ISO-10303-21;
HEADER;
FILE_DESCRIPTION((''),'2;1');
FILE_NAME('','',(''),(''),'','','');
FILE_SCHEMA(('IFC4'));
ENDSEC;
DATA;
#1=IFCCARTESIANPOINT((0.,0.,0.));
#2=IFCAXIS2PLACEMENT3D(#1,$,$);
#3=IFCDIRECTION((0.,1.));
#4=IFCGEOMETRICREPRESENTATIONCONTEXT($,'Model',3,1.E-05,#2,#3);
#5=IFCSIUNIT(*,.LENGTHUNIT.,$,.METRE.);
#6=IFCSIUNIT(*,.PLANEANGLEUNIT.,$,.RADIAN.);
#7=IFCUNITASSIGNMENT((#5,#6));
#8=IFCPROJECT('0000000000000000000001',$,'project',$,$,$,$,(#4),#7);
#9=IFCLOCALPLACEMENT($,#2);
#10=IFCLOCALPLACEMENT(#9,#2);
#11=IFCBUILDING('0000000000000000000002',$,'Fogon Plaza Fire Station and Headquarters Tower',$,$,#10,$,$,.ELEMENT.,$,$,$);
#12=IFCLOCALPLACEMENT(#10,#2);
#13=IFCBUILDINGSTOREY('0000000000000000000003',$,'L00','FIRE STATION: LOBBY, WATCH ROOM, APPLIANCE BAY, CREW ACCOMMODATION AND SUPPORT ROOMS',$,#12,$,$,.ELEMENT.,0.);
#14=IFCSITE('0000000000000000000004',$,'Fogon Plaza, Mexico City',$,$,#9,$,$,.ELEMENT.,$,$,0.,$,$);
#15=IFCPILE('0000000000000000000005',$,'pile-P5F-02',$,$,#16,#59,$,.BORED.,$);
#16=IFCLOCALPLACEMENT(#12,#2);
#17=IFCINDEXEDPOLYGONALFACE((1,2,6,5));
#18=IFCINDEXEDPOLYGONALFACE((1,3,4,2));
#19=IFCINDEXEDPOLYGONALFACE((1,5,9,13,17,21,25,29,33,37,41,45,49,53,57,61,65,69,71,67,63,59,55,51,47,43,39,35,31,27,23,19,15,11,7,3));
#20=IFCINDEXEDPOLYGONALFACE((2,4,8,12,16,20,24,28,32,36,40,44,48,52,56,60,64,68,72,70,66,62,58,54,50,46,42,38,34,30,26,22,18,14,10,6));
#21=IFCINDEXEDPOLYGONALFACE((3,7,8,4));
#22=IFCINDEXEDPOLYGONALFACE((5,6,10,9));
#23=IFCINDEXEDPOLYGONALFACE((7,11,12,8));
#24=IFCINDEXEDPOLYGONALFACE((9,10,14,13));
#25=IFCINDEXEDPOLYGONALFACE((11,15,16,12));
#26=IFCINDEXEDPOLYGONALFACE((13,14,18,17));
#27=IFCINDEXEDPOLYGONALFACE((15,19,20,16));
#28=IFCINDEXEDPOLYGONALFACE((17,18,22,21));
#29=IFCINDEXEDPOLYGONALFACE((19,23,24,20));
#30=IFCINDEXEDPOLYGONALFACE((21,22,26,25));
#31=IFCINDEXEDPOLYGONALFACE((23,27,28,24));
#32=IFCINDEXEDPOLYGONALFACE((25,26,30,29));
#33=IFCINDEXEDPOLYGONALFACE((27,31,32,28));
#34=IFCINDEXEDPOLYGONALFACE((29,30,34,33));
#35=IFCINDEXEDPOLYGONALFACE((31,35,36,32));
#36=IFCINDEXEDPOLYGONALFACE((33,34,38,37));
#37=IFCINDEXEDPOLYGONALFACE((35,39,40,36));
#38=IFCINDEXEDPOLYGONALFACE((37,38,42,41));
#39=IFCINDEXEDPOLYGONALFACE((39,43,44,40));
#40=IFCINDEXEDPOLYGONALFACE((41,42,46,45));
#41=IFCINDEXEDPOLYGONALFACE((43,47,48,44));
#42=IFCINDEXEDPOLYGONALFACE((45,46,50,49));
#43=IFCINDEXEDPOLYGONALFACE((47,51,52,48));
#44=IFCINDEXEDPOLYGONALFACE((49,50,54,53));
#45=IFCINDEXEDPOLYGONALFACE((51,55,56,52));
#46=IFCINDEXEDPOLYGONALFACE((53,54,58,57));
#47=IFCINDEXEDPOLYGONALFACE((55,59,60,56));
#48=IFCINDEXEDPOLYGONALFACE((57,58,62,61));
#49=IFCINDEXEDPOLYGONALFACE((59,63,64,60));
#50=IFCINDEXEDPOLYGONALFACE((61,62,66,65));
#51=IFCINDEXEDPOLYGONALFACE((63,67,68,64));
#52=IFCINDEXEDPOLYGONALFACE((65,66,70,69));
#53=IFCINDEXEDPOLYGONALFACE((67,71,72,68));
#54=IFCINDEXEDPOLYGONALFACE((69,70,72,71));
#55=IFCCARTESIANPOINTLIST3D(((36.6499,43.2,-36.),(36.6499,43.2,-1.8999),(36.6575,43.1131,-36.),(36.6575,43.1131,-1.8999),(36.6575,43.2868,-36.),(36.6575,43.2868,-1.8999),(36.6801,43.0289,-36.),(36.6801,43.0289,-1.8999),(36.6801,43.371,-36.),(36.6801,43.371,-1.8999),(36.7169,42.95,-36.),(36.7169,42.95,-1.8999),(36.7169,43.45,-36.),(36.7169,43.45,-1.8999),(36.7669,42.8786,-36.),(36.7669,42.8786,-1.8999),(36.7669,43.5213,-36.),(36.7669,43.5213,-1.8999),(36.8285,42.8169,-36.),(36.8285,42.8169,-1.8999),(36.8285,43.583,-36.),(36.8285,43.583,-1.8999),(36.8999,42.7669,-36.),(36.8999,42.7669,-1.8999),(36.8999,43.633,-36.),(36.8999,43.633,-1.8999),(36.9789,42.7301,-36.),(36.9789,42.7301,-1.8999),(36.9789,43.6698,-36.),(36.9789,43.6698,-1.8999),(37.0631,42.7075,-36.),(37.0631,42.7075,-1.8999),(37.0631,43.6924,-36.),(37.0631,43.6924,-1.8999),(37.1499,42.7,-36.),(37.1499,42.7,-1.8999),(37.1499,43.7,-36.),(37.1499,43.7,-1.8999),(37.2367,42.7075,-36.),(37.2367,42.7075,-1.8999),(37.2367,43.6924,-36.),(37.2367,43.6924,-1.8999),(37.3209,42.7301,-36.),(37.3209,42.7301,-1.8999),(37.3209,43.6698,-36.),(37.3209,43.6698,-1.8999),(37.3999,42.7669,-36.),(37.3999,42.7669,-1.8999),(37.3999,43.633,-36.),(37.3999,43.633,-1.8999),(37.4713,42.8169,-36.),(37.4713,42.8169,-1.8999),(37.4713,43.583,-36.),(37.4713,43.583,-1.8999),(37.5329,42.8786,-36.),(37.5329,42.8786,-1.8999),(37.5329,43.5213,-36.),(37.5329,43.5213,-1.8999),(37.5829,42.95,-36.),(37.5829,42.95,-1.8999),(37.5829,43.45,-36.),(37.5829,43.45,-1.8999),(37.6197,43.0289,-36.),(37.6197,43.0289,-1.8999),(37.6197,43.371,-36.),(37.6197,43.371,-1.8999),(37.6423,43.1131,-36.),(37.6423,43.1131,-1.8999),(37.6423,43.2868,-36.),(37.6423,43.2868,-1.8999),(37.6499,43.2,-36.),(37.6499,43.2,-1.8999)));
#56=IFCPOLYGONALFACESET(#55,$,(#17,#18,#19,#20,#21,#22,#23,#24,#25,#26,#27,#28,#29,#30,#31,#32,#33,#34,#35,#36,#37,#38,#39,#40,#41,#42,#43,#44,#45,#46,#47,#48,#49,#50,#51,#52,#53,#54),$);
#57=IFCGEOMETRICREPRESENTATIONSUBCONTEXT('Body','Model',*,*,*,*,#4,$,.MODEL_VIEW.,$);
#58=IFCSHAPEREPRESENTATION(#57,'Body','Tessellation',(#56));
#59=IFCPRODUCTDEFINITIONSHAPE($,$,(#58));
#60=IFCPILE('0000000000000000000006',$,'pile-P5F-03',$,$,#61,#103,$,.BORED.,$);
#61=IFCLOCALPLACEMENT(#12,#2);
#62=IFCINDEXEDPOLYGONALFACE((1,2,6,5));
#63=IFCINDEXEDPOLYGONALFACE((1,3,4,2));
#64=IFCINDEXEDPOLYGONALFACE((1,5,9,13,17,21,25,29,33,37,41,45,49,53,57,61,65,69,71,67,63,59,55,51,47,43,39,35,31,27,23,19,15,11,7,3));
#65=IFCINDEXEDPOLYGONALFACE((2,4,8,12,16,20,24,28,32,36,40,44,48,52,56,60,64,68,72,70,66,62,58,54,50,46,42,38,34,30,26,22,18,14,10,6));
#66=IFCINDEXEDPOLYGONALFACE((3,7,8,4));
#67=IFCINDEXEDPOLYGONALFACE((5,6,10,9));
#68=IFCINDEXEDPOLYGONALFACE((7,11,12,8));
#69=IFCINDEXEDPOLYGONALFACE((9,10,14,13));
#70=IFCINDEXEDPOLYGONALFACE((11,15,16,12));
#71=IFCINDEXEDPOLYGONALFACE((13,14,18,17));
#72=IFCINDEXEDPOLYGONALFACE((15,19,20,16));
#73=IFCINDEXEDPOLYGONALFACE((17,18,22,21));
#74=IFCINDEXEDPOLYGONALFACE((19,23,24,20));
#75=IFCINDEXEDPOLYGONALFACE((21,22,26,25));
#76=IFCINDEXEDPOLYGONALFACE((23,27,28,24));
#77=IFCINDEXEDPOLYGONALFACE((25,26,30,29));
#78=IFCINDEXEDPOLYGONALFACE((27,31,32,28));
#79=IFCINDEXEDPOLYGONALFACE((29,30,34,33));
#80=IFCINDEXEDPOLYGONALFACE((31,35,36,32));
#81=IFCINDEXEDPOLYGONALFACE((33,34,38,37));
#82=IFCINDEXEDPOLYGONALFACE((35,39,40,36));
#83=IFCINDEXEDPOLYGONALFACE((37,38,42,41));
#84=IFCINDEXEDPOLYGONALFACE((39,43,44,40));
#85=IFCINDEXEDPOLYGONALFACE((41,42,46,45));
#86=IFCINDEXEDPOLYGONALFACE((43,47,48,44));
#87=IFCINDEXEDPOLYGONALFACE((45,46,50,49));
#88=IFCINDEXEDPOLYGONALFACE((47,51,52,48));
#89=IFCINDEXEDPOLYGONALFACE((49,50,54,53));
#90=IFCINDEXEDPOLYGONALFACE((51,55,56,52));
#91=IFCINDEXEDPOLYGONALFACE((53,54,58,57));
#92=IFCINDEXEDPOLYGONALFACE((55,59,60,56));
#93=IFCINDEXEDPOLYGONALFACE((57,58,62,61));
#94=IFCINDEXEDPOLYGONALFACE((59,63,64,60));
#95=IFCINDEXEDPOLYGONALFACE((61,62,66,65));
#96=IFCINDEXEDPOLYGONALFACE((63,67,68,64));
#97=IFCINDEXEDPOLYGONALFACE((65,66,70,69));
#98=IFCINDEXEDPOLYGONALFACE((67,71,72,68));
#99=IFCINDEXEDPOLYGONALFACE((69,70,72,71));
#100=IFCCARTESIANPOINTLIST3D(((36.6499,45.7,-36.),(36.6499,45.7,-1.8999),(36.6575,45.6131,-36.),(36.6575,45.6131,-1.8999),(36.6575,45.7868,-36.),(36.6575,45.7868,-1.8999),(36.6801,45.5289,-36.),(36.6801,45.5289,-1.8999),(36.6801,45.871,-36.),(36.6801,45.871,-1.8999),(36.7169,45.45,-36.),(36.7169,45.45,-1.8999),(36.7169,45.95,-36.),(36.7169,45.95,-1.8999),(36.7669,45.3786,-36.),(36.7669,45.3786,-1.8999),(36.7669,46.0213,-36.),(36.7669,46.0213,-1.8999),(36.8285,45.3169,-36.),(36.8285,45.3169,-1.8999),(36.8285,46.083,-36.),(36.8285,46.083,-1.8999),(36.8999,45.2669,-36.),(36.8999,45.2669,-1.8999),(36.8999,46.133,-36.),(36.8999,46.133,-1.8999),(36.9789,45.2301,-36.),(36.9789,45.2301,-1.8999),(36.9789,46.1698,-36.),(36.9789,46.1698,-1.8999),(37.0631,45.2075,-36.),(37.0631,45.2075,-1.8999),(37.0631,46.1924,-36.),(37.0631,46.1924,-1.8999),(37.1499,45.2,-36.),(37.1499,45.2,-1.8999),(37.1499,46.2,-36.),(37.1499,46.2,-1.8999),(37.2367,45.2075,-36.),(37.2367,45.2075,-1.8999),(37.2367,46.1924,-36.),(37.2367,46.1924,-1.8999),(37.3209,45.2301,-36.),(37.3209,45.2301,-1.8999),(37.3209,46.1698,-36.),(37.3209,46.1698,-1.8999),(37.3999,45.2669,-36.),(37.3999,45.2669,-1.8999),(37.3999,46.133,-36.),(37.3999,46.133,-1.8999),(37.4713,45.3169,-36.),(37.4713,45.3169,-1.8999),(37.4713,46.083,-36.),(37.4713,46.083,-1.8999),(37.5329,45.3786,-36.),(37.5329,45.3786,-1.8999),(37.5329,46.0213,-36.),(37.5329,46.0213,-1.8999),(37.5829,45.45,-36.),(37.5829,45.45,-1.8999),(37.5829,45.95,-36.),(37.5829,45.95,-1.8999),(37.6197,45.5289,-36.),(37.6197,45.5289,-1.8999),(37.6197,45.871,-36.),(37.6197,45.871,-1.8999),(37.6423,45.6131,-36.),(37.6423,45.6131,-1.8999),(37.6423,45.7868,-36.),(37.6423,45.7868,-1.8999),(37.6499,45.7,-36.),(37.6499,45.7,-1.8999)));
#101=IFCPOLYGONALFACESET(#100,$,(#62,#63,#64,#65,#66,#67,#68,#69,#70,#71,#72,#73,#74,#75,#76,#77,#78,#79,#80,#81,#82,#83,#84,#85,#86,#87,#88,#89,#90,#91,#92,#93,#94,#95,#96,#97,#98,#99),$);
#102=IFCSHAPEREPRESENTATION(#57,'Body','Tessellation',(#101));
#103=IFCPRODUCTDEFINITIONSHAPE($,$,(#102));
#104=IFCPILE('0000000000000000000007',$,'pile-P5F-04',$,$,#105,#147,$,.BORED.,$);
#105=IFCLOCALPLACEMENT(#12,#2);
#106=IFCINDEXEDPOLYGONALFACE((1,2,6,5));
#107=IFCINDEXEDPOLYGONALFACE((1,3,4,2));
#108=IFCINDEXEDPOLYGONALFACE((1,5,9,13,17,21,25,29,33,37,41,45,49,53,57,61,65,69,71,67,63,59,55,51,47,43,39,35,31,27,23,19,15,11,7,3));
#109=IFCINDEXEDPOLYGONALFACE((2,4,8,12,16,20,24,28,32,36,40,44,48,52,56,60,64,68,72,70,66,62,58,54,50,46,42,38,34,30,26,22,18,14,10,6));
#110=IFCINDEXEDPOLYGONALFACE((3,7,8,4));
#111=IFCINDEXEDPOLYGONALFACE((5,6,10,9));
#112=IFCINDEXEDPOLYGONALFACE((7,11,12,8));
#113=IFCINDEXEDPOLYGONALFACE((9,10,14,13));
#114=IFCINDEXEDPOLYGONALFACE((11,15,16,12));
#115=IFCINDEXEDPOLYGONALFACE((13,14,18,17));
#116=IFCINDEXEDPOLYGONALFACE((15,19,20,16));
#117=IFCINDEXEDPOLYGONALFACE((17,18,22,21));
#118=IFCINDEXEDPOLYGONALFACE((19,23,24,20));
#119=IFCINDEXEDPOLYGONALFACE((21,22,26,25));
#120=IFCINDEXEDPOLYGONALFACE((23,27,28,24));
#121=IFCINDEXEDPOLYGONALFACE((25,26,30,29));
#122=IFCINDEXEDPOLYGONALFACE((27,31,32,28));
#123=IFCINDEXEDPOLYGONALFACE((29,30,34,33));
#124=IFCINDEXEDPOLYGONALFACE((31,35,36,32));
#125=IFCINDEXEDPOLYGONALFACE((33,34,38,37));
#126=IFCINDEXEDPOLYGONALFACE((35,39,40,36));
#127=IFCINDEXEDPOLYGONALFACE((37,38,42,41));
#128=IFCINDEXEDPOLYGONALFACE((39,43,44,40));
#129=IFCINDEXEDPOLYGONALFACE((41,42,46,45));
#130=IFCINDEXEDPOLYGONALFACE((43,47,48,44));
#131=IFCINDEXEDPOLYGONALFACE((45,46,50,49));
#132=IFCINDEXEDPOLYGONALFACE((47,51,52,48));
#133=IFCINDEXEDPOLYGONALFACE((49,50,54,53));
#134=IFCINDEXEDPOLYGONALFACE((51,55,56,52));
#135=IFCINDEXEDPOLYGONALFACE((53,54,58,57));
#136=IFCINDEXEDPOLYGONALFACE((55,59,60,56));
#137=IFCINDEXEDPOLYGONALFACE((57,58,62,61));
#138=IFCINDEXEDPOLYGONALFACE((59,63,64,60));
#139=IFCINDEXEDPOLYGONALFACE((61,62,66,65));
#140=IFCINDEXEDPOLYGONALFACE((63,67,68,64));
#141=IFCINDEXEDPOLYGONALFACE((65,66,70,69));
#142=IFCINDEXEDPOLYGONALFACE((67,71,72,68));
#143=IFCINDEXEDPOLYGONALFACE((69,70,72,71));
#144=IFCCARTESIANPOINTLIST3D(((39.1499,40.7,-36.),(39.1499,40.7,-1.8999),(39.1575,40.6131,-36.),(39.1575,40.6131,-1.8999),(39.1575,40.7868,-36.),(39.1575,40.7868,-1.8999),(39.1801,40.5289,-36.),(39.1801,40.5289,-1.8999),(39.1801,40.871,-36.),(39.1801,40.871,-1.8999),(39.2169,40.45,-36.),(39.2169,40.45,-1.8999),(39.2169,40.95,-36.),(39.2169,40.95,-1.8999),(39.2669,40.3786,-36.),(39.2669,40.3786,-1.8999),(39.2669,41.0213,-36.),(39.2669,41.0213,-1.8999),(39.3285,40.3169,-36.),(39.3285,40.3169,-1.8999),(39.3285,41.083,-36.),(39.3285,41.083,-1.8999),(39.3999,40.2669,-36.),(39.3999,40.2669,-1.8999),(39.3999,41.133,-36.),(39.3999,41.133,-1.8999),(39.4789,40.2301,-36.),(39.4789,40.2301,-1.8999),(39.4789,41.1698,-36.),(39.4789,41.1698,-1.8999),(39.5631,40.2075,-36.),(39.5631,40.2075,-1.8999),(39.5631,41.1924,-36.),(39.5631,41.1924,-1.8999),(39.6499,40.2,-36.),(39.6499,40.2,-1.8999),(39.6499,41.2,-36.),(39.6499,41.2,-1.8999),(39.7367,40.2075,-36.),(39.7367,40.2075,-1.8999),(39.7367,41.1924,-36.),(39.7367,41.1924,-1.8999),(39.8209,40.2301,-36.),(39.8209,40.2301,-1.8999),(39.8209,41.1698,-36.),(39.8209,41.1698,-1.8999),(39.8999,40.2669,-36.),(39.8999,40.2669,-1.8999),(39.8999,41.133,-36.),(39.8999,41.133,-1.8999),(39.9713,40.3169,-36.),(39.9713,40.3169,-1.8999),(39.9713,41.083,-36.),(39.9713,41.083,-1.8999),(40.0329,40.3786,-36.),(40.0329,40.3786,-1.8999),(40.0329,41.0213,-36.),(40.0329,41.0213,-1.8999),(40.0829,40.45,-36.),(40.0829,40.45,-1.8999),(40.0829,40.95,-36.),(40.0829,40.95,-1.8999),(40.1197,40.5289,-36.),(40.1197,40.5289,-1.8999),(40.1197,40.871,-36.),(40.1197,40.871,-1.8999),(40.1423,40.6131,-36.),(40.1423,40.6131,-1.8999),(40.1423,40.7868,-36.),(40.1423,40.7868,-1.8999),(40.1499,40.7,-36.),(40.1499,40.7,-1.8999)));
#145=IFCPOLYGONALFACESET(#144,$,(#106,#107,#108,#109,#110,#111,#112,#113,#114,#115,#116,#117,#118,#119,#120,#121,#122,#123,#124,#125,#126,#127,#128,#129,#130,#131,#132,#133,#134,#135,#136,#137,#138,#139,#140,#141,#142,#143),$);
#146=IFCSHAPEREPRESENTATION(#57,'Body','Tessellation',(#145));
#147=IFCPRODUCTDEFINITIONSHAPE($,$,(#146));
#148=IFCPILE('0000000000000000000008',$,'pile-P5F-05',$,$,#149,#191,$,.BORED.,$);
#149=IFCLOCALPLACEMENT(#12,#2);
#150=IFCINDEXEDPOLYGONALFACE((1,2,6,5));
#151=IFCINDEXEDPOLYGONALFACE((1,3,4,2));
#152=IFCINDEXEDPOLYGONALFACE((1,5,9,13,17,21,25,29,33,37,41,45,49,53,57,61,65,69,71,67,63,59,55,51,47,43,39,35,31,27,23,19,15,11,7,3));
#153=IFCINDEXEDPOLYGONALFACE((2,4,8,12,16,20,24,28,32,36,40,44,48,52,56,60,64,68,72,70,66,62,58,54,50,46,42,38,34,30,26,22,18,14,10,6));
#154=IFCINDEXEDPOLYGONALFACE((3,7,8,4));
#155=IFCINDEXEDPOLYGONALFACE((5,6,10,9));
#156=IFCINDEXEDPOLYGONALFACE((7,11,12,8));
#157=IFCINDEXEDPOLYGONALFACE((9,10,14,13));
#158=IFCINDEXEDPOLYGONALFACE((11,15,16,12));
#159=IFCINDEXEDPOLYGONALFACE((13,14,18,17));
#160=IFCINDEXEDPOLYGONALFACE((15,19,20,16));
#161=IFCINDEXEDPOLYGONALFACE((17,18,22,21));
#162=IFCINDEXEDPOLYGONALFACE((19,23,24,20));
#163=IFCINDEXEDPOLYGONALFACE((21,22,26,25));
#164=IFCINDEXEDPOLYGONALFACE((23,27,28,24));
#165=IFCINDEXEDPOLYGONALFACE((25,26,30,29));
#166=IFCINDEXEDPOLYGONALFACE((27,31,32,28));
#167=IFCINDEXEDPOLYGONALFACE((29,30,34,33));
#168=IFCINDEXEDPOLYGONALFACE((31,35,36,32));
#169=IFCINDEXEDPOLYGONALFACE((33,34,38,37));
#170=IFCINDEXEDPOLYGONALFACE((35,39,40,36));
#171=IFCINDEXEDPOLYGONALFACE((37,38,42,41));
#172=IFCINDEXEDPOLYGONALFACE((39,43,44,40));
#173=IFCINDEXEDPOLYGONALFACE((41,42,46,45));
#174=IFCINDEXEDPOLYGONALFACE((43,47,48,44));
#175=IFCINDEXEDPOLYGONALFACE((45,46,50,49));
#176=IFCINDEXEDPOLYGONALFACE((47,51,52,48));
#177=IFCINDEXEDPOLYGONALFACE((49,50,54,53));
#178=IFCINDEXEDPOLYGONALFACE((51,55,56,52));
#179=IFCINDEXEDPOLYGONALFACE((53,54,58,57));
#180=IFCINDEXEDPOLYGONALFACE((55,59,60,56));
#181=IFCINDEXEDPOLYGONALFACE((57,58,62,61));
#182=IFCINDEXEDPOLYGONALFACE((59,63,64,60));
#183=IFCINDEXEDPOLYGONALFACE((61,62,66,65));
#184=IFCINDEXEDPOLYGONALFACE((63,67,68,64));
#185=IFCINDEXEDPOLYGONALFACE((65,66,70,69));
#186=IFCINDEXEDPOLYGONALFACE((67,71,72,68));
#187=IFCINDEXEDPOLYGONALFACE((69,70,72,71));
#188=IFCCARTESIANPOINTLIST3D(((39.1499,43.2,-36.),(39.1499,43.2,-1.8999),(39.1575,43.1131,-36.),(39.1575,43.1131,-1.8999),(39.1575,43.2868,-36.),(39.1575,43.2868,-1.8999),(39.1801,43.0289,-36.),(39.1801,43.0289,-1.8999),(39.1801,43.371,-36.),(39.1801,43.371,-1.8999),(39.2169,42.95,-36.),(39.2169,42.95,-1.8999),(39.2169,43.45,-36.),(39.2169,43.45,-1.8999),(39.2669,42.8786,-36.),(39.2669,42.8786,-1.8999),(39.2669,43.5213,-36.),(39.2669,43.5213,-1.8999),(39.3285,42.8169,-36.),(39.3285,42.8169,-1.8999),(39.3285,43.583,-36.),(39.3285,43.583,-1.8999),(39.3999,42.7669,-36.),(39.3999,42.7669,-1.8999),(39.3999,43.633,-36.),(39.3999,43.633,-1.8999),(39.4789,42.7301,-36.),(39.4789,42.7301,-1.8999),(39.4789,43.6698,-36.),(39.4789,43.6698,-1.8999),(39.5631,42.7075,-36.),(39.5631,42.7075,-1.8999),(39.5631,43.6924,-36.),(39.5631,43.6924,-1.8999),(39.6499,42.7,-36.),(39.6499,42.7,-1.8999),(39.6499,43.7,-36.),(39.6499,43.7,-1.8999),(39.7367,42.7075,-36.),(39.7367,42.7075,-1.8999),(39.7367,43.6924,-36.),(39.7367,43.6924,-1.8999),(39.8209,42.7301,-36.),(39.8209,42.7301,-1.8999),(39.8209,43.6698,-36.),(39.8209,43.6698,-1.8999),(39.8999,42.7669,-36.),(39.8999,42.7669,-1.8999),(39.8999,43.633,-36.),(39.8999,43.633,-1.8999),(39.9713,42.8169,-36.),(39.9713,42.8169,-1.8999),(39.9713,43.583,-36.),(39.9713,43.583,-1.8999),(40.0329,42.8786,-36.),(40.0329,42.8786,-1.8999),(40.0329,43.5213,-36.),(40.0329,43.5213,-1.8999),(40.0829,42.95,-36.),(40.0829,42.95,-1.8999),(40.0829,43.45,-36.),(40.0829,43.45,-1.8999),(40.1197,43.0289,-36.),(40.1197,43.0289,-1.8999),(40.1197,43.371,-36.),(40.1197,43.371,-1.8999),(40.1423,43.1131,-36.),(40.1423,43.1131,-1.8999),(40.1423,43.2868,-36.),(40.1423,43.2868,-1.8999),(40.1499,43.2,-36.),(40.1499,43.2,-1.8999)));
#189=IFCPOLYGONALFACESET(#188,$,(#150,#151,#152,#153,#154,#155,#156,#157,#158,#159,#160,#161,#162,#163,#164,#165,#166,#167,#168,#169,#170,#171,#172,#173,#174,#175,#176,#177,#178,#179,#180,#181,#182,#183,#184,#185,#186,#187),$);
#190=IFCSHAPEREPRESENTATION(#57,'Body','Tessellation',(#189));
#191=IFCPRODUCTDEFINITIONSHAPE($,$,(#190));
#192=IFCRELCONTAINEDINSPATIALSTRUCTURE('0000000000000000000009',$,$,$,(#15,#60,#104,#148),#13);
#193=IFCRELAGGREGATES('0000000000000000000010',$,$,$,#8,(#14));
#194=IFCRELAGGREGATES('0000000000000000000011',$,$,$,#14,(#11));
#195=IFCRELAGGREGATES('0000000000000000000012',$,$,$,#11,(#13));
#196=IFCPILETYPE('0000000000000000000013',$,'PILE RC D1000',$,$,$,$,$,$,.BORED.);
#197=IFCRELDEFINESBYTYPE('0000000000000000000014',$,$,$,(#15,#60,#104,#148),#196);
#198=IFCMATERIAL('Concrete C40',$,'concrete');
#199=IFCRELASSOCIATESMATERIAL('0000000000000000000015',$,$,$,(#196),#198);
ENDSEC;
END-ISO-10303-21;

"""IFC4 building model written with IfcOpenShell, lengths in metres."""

from ifc_helpers import new_model, si_unit, direction, frame, origin, origin_2d, place, context, subcontext, project, spatial, circle, extrude, material, material_profile, profile_set, type_object, element, save


model = new_model("IFC4")

# Units and contexts
model_context = context("Model", 3, precision=1e-05, world=origin(), true_north=direction((0.0, 1.0)))
body_context = subcontext(model_context, "Body", "Model", "MODEL_VIEW")
ifc_project = project(units=[si_unit("LENGTHUNIT", "METRE"), si_unit("PLANEANGLEUNIT", "RADIAN")], contexts=[model_context])

# Site, building, storey
site_placement = place(None, origin())
site = spatial("IfcSite", under=ifc_project, at=site_placement, Name="Fogon Plaza, Mexico City", CompositionType="ELEMENT", RefElevation=0.0)
building_placement = place(site_placement, origin())
building = spatial("IfcBuilding", under=site, at=building_placement, Name="Fogon Plaza Fire Station and Headquarters Tower", CompositionType="ELEMENT")
storey_placement = place(building_placement, origin())
storey = spatial("IfcBuildingStorey", under=building, at=storey_placement, Name="L00", Description="FIRE STATION: LOBBY, WATCH ROOM, APPLIANCE BAY, CREW ACCOMMODATION AND SUPPORT ROOMS", CompositionType="ELEMENT", Elevation=0.0)

# Piles
ifc_material_1 = material(Name="Concrete C40", Category="concrete")
ifc_material_profile_1 = material_profile(ifc_material_1, circle(Radius=0.5, at=origin_2d()), Name="RC D1000")
ifc_profile_set_1 = profile_set([ifc_material_profile_1], Name="Concrete C40")
pile_type = type_object("IfcPileType", Name="PILE RC D1000", PredefinedType="BORED", material=ifc_profile_set_1)
for number, where, z_axis, x_axis, name in (
    (1, (37.1499, 43.2, -1.8999), (0.0, 0.0, -1.0), (1.0, 0.0, 0.0), "pile-P5F-02"),
    (2, (37.1499, 45.7, -1.8999), (0.0, 0.0, -1.0), (1.0, 0.0, 0.0), "pile-P5F-03"),
    (3, (39.6499, 40.7, -1.8999), (0.0, 0.0, -1.0), (1.0, 0.0, 0.0), "pile-P5F-04"),
    (4, (39.6499, 43.2, -1.8999), (0.0, 0.0, -1.0), (1.0, 0.0, 0.0), "pile-P5F-05"),
):
    element("IfcPile", number, at=place(storey_placement, frame(where, z_axis=z_axis, x_axis=x_axis)), inside=storey, type_object=pile_type, Name=name, PredefinedType="BORED", context=body_context, shape_type="SweptSolid", body=[
        extrude(circle(Radius=0.5, at=origin_2d()), origin(), (0.0, 0.0, 1.0), 34.1001),
    ])

save(model, "model.ifc")
